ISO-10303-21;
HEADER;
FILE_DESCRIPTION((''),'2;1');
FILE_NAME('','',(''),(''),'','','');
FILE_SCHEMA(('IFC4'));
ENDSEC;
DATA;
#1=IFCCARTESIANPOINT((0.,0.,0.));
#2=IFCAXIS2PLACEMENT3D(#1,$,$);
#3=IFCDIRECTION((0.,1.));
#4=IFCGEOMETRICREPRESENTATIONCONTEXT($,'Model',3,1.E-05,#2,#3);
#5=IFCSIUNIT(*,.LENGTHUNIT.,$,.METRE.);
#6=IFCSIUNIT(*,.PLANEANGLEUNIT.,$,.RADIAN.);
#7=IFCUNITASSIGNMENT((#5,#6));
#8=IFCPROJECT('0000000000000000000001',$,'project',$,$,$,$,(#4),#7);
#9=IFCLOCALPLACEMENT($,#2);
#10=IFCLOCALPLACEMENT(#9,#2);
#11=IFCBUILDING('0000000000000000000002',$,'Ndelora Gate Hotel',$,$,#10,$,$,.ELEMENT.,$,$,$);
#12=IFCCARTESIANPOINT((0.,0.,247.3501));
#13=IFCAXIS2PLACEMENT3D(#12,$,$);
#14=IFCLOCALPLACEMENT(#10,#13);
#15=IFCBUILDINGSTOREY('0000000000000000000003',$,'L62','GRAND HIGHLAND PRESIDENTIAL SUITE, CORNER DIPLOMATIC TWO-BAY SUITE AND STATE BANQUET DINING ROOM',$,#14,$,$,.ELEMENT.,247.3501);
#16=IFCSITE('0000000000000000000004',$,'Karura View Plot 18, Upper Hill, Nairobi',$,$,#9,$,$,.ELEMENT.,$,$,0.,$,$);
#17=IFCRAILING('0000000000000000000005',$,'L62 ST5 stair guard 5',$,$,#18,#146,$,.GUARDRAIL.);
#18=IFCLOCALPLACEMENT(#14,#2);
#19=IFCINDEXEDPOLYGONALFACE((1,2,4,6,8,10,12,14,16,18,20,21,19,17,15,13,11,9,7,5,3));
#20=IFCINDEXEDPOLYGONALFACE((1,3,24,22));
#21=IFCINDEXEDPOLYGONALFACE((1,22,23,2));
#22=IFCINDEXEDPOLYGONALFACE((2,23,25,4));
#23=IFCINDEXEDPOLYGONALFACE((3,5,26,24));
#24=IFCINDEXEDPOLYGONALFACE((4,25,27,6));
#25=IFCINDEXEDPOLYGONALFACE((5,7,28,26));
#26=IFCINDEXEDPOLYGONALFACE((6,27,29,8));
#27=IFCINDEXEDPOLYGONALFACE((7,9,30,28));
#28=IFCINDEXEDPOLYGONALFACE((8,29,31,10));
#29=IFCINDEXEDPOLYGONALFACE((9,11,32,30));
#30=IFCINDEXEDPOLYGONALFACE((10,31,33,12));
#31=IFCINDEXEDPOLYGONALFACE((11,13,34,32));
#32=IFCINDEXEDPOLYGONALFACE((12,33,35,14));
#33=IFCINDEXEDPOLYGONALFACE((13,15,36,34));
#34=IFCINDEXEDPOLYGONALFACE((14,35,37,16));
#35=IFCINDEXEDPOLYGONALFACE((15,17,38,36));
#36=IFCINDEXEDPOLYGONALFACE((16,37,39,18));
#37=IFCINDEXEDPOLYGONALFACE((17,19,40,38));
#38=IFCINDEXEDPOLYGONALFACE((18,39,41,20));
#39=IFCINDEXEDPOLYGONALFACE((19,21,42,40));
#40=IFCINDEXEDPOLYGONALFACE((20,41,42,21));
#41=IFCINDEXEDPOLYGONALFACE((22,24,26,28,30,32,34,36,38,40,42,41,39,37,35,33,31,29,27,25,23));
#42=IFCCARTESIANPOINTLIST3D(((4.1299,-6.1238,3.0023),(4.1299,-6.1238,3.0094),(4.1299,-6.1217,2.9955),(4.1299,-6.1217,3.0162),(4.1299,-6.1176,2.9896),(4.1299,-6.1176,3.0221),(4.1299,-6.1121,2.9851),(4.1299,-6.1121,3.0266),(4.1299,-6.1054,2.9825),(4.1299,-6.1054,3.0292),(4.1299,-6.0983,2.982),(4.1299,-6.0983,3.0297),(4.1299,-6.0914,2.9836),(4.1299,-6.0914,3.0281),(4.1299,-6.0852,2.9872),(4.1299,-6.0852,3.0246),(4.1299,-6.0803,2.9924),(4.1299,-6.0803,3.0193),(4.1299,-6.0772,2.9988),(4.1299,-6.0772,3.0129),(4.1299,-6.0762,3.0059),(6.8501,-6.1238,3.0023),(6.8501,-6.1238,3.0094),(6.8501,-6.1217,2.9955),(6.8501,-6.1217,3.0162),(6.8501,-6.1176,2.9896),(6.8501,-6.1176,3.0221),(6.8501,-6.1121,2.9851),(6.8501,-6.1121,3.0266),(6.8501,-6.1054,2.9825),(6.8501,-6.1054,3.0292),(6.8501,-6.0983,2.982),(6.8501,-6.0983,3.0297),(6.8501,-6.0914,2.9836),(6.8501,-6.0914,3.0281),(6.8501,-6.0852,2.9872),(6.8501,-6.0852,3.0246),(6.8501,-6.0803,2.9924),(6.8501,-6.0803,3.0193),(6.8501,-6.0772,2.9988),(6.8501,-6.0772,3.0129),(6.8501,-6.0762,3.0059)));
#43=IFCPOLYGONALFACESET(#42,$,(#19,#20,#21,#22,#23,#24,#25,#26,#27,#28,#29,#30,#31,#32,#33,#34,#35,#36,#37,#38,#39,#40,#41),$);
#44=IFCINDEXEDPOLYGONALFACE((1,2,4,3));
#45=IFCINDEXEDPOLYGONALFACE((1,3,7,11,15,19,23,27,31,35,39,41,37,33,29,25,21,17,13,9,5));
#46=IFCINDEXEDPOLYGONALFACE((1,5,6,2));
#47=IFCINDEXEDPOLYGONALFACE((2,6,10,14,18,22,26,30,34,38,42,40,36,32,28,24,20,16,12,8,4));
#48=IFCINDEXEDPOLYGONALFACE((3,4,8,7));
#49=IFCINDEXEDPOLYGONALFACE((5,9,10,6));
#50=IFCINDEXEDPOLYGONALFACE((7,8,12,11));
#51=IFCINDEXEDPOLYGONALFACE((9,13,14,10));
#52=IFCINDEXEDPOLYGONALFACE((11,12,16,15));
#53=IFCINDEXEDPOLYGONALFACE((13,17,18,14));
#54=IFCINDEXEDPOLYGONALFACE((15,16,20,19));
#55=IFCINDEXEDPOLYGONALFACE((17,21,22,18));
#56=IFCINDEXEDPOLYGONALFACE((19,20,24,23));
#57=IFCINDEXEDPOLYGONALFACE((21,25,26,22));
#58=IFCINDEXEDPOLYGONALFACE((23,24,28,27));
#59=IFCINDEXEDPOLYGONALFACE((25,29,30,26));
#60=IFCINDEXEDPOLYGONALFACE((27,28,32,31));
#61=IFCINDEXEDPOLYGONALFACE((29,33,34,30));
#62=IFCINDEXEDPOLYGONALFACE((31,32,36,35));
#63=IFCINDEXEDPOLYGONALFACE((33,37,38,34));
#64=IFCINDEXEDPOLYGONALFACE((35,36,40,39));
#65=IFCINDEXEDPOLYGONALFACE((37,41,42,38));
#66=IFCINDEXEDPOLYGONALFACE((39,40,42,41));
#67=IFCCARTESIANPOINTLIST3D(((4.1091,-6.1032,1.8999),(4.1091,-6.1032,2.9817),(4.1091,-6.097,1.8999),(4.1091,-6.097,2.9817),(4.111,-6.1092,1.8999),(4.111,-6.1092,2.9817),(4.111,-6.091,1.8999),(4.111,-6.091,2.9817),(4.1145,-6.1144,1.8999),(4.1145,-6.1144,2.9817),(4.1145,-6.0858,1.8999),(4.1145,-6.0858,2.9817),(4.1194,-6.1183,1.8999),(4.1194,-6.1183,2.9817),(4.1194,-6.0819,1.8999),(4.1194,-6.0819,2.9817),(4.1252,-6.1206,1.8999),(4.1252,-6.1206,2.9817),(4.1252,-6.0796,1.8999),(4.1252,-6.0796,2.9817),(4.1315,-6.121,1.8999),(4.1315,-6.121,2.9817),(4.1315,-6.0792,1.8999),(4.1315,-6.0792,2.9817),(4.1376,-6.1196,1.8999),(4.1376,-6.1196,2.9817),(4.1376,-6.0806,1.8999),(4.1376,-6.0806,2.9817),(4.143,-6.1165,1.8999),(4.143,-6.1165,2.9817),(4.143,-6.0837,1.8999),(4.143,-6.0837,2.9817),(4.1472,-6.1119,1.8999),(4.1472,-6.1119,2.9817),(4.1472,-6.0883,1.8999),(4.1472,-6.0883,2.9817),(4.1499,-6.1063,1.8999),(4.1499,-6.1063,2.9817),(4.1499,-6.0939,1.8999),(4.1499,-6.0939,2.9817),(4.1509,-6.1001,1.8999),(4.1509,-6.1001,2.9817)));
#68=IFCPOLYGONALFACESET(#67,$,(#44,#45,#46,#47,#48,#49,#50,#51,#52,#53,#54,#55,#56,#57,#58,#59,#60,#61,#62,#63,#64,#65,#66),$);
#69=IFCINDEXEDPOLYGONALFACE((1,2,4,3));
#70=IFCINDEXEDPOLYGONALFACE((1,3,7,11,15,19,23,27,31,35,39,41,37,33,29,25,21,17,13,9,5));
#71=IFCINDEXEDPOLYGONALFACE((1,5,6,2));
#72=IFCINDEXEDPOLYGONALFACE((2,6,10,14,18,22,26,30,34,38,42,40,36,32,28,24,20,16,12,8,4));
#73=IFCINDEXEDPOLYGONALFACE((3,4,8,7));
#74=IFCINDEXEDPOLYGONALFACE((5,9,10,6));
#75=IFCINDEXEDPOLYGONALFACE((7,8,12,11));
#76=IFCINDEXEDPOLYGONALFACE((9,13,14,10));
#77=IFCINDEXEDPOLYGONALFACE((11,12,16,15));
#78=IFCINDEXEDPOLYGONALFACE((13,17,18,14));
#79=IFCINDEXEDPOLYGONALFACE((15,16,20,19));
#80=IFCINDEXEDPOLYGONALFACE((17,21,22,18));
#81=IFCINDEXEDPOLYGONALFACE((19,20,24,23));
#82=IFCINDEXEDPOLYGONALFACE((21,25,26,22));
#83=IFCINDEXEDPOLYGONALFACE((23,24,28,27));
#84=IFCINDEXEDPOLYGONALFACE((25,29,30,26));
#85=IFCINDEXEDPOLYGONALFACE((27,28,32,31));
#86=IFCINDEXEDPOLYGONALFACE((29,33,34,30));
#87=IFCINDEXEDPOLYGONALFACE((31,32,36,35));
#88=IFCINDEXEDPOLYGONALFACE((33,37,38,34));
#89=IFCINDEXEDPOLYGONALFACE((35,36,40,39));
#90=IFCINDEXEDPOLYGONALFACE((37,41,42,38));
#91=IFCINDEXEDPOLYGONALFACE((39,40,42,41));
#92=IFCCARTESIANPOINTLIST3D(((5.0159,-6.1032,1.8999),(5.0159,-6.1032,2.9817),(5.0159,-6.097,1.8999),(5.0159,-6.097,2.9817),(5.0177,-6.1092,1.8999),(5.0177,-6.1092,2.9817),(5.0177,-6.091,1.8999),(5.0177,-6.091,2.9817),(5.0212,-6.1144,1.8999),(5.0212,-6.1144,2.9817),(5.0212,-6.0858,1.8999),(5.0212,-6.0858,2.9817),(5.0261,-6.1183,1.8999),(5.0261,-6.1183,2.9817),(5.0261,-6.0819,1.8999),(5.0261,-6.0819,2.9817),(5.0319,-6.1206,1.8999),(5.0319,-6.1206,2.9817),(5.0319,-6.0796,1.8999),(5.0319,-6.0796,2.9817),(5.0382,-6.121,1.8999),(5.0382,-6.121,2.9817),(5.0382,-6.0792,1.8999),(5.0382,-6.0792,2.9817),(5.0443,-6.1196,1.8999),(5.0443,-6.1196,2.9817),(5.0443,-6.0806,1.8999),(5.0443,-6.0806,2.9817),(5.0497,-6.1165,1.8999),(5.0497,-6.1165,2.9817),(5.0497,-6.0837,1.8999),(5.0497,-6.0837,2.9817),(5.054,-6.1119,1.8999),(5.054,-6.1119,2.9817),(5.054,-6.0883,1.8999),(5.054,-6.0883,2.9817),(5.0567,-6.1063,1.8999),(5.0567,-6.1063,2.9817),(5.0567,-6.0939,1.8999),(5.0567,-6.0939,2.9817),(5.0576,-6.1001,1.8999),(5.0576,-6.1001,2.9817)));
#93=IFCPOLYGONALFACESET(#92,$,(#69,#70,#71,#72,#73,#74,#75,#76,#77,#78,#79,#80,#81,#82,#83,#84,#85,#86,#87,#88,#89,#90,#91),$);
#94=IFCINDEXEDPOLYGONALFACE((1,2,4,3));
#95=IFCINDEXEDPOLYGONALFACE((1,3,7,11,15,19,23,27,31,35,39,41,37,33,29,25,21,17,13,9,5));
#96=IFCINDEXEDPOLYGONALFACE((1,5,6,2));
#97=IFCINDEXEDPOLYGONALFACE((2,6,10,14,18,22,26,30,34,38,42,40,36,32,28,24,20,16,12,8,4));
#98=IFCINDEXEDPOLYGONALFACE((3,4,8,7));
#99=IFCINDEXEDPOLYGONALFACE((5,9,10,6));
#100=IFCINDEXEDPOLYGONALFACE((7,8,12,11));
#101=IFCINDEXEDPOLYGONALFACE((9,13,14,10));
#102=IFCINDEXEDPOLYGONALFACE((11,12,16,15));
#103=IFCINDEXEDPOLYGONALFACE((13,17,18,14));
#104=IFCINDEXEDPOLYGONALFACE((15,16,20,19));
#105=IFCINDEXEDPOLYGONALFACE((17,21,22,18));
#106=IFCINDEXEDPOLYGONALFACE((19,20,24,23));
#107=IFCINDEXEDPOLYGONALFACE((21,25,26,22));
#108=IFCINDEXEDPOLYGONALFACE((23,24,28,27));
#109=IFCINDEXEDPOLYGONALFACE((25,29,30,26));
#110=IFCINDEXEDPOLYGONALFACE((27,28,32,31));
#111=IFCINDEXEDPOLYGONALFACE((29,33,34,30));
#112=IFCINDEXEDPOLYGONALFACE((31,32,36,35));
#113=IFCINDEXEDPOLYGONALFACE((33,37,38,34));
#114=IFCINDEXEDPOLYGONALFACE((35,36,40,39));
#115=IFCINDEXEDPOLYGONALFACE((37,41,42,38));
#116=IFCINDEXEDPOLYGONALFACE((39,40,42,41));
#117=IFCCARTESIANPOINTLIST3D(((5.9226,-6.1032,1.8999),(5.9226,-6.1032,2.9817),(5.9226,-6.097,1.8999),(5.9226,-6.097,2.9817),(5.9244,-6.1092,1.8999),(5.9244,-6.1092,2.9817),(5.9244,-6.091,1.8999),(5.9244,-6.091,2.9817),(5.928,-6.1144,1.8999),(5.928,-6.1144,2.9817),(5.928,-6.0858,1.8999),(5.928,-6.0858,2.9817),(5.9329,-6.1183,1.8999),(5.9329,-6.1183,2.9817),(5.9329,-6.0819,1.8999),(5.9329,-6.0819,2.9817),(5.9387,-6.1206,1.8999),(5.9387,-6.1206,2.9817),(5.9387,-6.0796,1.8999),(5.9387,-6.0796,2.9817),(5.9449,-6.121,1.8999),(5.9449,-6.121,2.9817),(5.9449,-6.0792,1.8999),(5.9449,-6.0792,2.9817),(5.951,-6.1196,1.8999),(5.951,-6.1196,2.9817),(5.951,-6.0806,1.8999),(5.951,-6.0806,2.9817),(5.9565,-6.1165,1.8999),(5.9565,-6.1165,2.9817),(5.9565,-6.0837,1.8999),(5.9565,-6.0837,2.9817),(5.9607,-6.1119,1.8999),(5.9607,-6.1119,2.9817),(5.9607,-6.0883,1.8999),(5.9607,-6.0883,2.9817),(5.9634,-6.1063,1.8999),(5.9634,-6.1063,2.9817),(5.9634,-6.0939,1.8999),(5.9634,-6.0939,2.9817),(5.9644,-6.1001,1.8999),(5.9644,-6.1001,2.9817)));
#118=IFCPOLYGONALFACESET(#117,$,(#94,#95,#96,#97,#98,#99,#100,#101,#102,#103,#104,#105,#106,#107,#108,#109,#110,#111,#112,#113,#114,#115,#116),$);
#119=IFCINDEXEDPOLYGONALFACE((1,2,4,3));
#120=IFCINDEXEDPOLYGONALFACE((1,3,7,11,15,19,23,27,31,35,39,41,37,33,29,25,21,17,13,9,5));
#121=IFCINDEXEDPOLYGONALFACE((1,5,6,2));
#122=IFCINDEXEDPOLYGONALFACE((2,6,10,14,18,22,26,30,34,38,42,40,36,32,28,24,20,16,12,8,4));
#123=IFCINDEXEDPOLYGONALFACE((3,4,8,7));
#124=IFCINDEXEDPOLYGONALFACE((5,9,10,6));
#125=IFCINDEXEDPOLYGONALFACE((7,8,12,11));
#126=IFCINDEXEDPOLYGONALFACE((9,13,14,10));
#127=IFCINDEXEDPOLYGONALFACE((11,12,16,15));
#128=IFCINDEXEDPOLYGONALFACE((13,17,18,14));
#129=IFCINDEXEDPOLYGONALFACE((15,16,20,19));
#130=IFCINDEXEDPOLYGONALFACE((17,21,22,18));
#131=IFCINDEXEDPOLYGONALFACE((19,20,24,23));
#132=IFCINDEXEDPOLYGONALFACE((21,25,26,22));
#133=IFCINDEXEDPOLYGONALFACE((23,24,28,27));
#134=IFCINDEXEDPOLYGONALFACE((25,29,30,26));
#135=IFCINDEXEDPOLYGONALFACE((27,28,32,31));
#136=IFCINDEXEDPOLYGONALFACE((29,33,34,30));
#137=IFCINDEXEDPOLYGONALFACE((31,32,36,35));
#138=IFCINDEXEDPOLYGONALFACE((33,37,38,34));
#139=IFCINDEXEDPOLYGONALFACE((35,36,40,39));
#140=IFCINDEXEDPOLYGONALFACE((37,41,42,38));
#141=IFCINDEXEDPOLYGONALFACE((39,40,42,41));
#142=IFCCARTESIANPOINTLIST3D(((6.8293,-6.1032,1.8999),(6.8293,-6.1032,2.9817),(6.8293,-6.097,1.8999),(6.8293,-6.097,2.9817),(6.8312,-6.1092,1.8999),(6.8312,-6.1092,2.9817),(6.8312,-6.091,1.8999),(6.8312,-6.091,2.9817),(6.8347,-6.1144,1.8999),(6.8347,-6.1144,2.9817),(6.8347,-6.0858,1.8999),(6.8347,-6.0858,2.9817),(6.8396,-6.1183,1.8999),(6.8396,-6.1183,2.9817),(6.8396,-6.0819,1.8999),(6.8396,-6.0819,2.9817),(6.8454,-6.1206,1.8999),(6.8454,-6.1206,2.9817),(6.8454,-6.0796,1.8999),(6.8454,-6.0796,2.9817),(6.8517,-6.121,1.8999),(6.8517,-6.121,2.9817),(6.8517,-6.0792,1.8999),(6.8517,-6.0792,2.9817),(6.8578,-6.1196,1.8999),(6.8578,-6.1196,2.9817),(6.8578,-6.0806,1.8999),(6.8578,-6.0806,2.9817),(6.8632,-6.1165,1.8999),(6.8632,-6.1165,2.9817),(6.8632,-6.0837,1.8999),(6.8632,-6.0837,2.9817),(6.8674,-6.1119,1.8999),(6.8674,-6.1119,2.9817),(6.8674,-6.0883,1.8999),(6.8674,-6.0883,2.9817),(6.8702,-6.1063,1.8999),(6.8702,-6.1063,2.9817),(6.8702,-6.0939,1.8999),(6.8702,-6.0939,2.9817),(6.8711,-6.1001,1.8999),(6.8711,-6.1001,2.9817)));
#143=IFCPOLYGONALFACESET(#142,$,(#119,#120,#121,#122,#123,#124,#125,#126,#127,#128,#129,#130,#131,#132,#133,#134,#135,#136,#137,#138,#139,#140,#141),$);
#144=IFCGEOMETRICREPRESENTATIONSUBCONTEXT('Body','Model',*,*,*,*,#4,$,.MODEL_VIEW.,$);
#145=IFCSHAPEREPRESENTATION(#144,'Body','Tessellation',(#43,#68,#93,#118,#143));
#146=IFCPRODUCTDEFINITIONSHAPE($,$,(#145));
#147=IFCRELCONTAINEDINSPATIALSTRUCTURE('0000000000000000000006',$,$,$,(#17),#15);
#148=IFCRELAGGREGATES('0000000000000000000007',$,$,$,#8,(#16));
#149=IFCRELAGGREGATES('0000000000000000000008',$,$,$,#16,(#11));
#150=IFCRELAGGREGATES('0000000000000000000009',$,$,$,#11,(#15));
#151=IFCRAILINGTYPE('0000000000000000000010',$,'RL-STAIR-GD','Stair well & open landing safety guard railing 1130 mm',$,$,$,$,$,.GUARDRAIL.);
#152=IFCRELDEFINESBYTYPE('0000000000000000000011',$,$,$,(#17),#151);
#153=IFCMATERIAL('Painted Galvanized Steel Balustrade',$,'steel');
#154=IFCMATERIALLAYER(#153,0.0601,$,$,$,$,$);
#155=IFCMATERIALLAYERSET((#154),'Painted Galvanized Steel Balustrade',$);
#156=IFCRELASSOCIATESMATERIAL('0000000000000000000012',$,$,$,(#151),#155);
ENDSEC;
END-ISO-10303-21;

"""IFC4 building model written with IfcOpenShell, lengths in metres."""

from ifc_helpers import new_model, si_unit, direction, frame, origin, origin_2d, place, context, subcontext, project, spatial, circle, extrude, material, layer, layer_set, type_object, element, save


model = new_model("IFC4")

# Units and contexts
model_context = context("Model", 3, precision=1e-05, world=origin(), true_north=direction((0.0, 1.0)))
body_context = subcontext(model_context, "Body", "Model", "MODEL_VIEW")
ifc_project = project(units=[si_unit("LENGTHUNIT", "METRE"), si_unit("PLANEANGLEUNIT", "RADIAN")], contexts=[model_context])

# Site, building, storey
site_placement = place(None, origin())
site = spatial("IfcSite", under=ifc_project, at=site_placement, Name="Karura View Plot 18, Upper Hill, Nairobi", CompositionType="ELEMENT", RefElevation=0.0)
building_placement = place(site_placement, origin())
building = spatial("IfcBuilding", under=site, at=building_placement, Name="Ndelora Gate Hotel", CompositionType="ELEMENT")
storey_placement = place(building_placement, frame((0.0, 0.0, 247.3501)))
storey = spatial("IfcBuildingStorey", under=building, at=storey_placement, Name="L62", Description="GRAND HIGHLAND PRESIDENTIAL SUITE, CORNER DIPLOMATIC TWO-BAY SUITE AND STATE BANQUET DINING ROOM", CompositionType="ELEMENT", Elevation=247.3501)

# Railing
ifc_material_1 = material(Name="Painted Galvanized Steel Balustrade", Category="steel")
ifc_layer_1 = layer(ifc_material_1, 0.0601)
ifc_layer_set_1 = layer_set([ifc_layer_1], Name="Painted Galvanized Steel Balustrade")
railing_type_1 = type_object("IfcRailingType", Name="RL-STAIR-GD", Description="Stair well & open landing safety guard railing 1130 mm", PredefinedType="GUARDRAIL", material=ifc_layer_set_1)
railing_1_placement = place(storey_placement, frame((4.1299, -6.1001, 1.8999)))
element("IfcRailing", 1, at=railing_1_placement, inside=storey, type_object=railing_type_1, Name="L62 ST5 stair guard 5", PredefinedType="GUARDRAIL", context=body_context, shape_type="SweptSolid", body=[
    extrude(circle(Radius=0.0239, at=origin_2d()), frame((0.0, 0.0, 1.106), z_axis=(1.0, 0.0, 0.0), x_axis=(0.0, 1.0, 0.0)), (0.0, 0.0, 1.0), 2.7202),
    extrude(circle(Radius=0.021, at=origin_2d()), origin(), (0.0, 0.0, 1.0), 1.0818),
    extrude(circle(Radius=0.021, at=origin_2d()), frame((0.9067, 0.0, 0.0)), (0.0, 0.0, 1.0), 1.0818),
    extrude(circle(Radius=0.021, at=origin_2d()), frame((1.8135, 0.0, 0.0)), (0.0, 0.0, 1.0), 1.0818),
    extrude(circle(Radius=0.021, at=origin_2d()), frame((2.7202, 0.0, 0.0)), (0.0, 0.0, 1.0), 1.0818),
])

save(model, "model.ifc")
